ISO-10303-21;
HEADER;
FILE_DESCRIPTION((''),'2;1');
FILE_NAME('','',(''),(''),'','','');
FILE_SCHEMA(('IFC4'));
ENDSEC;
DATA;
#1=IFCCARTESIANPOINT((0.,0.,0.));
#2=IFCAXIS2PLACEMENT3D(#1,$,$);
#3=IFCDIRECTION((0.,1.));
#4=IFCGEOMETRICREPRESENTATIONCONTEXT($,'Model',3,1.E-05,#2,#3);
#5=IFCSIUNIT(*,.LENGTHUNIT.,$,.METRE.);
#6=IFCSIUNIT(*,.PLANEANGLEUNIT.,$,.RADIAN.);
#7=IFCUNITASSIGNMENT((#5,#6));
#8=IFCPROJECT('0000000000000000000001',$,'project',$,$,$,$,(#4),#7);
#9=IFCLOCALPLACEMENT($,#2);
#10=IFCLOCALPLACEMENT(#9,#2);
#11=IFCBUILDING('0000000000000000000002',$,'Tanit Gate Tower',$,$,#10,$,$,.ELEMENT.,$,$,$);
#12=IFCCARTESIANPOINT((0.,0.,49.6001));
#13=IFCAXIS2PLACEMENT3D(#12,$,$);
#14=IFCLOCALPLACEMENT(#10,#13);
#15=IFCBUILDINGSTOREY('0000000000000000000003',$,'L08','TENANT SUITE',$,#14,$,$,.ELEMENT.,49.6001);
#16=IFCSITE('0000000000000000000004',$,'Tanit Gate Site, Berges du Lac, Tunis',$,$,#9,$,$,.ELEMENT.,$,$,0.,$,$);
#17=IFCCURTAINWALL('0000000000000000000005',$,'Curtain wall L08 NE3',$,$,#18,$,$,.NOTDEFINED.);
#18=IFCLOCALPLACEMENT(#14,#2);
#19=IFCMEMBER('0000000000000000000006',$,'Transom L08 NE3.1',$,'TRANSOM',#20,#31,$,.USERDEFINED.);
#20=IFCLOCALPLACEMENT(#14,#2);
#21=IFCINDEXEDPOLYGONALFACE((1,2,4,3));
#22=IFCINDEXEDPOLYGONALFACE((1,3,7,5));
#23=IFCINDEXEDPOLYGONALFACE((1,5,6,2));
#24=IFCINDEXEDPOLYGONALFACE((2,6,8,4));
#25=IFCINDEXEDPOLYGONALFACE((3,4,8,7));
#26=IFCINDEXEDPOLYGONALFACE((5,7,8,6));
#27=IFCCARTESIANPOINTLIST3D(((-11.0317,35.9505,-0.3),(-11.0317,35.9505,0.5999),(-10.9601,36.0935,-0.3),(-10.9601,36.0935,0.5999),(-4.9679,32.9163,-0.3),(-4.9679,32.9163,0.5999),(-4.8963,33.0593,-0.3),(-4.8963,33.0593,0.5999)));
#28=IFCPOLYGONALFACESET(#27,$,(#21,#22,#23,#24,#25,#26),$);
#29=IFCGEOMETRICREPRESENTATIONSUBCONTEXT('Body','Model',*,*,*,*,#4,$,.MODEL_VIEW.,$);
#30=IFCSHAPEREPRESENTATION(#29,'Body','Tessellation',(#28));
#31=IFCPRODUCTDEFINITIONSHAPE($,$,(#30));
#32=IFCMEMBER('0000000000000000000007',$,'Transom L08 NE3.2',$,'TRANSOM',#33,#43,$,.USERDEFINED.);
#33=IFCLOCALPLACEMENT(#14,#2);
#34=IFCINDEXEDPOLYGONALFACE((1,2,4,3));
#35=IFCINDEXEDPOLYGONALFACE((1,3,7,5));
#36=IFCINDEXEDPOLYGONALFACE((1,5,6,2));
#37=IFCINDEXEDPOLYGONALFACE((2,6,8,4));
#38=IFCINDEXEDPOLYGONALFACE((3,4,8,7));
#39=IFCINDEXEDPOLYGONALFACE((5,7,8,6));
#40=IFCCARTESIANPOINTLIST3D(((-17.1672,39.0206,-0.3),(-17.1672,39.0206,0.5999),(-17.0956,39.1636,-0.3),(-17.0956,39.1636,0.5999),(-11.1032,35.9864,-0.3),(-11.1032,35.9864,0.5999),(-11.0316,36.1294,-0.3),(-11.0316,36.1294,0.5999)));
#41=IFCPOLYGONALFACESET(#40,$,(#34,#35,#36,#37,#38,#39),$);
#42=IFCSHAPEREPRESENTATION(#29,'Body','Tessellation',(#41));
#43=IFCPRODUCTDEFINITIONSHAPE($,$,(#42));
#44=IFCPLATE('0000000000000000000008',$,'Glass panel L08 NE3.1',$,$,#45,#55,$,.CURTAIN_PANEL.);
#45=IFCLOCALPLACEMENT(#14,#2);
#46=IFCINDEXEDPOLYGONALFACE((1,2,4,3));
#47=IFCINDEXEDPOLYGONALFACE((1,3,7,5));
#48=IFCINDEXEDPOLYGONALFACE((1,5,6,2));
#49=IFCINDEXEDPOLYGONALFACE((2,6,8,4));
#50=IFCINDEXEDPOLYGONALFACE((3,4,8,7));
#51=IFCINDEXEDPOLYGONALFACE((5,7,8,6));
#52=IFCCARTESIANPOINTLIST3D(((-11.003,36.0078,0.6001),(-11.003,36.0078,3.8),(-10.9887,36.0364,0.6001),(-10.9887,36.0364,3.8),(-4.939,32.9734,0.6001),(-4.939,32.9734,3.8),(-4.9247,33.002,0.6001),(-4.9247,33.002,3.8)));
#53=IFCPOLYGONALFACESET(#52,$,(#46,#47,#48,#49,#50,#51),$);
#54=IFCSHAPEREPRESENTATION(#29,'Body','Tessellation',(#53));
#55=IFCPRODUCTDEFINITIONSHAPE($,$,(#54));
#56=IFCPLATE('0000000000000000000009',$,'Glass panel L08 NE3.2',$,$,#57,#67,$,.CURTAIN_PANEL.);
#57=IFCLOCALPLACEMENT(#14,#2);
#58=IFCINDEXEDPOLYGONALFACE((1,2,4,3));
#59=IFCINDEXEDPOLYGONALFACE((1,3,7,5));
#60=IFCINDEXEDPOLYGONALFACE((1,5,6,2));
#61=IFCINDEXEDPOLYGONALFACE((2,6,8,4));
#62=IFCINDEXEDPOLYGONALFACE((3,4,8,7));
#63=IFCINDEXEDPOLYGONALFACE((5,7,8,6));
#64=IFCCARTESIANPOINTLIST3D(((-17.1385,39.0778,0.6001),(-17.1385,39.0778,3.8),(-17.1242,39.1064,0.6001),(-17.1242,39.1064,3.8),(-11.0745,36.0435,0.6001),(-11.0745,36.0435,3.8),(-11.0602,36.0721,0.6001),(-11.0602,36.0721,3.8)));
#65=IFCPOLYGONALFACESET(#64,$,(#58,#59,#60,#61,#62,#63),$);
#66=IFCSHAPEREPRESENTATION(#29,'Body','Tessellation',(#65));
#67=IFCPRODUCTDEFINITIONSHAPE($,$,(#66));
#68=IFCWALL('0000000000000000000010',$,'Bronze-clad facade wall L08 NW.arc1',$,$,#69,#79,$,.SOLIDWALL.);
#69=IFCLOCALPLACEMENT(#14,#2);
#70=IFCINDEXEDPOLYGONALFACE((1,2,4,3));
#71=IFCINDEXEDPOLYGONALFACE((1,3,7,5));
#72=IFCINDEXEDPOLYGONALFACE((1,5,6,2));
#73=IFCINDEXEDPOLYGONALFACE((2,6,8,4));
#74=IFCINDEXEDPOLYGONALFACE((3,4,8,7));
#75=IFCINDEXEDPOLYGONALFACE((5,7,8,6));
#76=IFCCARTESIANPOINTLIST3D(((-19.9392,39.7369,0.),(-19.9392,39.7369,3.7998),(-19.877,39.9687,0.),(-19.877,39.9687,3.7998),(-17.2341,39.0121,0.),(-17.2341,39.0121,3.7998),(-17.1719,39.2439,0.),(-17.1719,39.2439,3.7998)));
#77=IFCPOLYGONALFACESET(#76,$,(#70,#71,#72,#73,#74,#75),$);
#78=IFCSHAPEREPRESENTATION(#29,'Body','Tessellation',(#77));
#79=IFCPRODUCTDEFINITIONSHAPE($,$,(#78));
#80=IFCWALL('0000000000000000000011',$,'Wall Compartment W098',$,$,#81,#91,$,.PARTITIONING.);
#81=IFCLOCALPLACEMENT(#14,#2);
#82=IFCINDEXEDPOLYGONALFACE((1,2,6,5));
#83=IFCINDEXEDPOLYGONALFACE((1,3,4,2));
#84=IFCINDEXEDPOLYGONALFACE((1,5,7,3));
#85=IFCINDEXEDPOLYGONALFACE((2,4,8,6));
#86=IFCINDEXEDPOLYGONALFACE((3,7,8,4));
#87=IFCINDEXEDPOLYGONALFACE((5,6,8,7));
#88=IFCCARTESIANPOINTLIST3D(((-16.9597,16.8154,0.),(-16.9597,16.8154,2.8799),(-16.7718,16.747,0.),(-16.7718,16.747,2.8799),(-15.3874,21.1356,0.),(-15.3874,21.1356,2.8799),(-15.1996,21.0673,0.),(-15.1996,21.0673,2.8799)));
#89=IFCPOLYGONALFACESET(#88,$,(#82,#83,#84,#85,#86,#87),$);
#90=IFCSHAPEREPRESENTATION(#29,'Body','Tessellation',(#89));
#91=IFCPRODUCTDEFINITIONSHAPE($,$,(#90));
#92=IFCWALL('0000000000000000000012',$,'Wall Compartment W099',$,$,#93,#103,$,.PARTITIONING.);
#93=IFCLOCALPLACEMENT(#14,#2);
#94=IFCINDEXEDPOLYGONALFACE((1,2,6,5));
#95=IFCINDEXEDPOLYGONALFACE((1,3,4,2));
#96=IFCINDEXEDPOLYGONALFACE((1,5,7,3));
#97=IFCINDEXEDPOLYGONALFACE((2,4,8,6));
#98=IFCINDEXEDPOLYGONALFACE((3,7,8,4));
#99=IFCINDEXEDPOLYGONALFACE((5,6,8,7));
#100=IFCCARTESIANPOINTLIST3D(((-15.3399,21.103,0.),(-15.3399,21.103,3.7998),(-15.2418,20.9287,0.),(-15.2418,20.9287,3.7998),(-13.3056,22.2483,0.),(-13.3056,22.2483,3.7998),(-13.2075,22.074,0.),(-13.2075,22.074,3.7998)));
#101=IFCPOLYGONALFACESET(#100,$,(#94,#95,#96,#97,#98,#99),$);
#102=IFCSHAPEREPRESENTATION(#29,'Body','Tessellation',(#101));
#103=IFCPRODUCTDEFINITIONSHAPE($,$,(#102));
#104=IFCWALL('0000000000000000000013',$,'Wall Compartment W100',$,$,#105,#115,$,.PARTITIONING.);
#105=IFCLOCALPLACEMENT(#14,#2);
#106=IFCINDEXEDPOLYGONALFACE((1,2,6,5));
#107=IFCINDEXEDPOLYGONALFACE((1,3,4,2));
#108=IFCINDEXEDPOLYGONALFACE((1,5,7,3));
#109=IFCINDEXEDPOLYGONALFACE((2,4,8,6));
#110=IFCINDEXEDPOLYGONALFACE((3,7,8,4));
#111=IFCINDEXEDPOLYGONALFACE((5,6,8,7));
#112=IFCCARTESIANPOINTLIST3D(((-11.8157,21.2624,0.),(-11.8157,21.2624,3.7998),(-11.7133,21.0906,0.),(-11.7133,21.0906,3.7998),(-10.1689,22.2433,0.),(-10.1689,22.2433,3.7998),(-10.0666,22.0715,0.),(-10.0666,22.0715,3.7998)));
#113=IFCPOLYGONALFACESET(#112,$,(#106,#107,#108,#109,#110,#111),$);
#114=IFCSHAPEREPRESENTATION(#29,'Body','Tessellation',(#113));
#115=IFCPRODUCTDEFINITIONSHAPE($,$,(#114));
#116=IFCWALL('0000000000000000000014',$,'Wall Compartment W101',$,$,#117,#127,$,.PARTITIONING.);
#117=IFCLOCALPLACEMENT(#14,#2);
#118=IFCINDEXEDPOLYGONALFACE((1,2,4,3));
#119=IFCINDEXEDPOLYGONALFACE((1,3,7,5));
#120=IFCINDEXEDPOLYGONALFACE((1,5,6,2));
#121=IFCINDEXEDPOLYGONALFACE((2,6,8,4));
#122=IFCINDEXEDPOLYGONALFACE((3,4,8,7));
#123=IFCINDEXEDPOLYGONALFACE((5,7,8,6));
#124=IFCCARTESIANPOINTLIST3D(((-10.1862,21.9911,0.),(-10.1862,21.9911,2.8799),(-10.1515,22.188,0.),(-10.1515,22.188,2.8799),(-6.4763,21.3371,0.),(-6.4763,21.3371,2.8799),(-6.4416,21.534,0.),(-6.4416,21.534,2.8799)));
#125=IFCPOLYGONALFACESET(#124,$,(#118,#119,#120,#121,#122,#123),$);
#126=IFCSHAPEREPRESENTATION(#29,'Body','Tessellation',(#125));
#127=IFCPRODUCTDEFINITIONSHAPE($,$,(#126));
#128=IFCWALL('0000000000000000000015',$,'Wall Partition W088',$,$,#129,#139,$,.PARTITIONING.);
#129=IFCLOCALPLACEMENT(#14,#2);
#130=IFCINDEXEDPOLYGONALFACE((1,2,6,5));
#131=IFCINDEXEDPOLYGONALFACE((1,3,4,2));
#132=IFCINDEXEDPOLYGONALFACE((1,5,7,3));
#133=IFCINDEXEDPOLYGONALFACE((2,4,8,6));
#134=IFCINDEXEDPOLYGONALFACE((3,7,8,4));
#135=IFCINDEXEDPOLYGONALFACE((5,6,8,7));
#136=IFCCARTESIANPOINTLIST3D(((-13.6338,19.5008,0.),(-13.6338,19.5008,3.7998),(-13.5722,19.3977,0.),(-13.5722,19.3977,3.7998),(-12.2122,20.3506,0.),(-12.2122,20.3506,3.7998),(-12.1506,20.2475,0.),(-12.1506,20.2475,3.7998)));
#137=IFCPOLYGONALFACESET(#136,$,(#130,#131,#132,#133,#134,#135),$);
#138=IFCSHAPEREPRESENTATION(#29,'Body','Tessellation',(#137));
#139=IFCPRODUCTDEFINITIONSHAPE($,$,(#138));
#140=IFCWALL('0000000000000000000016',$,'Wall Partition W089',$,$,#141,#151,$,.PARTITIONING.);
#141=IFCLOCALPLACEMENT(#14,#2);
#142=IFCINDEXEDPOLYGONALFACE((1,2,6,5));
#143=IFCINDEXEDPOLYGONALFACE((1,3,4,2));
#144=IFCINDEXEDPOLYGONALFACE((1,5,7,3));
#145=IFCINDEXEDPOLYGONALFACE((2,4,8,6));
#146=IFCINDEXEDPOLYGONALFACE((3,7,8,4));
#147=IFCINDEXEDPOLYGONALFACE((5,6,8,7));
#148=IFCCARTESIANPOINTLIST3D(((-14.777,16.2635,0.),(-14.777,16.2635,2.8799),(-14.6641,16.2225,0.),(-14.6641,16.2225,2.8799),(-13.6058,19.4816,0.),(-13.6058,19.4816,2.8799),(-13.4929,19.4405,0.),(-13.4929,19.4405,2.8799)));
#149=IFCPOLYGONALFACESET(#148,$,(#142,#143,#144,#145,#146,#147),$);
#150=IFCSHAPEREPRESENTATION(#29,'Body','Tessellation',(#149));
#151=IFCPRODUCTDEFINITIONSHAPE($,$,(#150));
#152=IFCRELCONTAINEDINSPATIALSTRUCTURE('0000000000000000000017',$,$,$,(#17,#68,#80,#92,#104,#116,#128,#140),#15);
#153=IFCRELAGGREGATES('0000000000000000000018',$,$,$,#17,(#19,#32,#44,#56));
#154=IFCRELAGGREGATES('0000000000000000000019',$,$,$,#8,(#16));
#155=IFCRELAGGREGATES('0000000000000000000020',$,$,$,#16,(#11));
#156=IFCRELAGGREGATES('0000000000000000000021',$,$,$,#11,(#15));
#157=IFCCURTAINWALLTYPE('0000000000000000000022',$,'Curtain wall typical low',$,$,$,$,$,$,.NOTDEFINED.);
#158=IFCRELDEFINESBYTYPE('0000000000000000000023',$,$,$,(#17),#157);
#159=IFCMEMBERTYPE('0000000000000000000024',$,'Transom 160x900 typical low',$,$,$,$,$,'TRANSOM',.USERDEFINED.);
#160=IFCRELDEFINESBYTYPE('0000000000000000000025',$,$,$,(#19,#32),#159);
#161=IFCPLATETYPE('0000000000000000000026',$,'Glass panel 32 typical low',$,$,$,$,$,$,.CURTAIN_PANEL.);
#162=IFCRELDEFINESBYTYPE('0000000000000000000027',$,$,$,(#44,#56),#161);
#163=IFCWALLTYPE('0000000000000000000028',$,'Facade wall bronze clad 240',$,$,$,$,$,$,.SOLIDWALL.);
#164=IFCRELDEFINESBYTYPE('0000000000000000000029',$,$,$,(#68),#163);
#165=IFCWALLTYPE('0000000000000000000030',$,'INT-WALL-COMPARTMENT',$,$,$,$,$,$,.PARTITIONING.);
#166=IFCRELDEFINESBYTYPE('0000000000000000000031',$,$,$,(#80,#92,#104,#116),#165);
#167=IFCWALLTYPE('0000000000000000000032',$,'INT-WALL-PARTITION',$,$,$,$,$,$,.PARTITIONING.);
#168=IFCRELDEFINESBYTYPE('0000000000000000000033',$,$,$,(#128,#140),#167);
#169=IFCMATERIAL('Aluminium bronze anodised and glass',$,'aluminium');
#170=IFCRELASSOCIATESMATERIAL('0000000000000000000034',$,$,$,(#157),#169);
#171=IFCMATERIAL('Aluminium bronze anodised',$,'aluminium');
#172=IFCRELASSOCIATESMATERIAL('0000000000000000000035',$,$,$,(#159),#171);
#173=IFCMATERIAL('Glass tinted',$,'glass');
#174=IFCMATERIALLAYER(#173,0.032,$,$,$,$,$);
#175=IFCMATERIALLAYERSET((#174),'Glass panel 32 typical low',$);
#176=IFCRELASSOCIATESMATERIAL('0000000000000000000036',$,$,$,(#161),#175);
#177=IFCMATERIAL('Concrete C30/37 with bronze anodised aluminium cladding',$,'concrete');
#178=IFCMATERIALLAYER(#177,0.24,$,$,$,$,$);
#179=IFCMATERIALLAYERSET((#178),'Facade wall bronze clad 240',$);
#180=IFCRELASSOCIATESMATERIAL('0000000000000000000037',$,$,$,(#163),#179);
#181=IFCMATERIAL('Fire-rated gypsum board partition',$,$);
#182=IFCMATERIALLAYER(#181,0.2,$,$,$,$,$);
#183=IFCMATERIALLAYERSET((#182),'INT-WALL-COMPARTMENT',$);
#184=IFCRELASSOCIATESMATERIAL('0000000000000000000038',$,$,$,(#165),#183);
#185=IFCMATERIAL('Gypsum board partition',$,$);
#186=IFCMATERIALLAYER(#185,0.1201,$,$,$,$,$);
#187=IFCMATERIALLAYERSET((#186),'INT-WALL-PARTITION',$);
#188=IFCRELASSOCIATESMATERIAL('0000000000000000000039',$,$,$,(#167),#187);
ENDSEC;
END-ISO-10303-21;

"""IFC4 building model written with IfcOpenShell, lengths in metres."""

from ifc_helpers import new_model, si_unit, direction, frame, frame_2d, origin, origin_2d, place, context, subcontext, project, spatial, rectangle, extrude, material, layer, layer_set, material_profile, profile_set, type_object, element, aggregate, save


model = new_model("IFC4")

# Units and contexts
model_context = context("Model", 3, precision=1e-05, world=origin(), true_north=direction((0.0, 1.0)))
body_context = subcontext(model_context, "Body", "Model", "MODEL_VIEW")
ifc_project = project(units=[si_unit("LENGTHUNIT", "METRE"), si_unit("PLANEANGLEUNIT", "RADIAN")], contexts=[model_context])

# Site, building, storey
site_placement = place(None, origin())
site = spatial("IfcSite", under=ifc_project, at=site_placement, Name="Tanit Gate Site, Berges du Lac, Tunis", CompositionType="ELEMENT", RefElevation=0.0)
building_placement = place(site_placement, origin())
building = spatial("IfcBuilding", under=site, at=building_placement, Name="Tanit Gate Tower", CompositionType="ELEMENT")
storey_placement = place(building_placement, frame((0.0, 0.0, 49.6001)))
storey = spatial("IfcBuildingStorey", under=building, at=storey_placement, Name="L08", Description="TENANT SUITE", CompositionType="ELEMENT", Elevation=49.6001)

# Curtain wall
ifc_material_1 = material(Name="Aluminium bronze anodised and glass", Category="aluminium")
curtain_wall_type = type_object("IfcCurtainWallType", Name="Curtain wall typical low", PredefinedType="NOTDEFINED", material=ifc_material_1)
curtain_wall_1_placement = place(storey_placement, origin())
curtain_wall_1 = element("IfcCurtainWall", 1, at=curtain_wall_1_placement, inside=storey, type_object=curtain_wall_type, Name="Curtain wall L08 NE3", PredefinedType="NOTDEFINED")

# Members
ifc_material_2 = material(Name="Aluminium bronze anodised", Category="aluminium")
ifc_material_profile_1 = material_profile(ifc_material_2, rectangle(XDim=0.1599, YDim=0.8999, at=origin_2d()), Name="160x900 bronze transom")
ifc_profile_set_1 = profile_set([ifc_material_profile_1], Name="Aluminium bronze anodised")
member_type_1 = type_object("IfcMemberType", Name="Transom 160x900 typical low", ElementType="TRANSOM", PredefinedType="USERDEFINED", material=ifc_profile_set_1)
member_1_placement = place(storey_placement, frame((-4.9321, 32.9878, 0.1499), z_axis=(-0.89429, 0.447487, 0.0), x_axis=(-0.447487, -0.89429, 0.0)))
member_1 = element("IfcMember", 2, at=member_1_placement, type_object=member_type_1, Name="Transom L08 NE3.1", ObjectType="TRANSOM", PredefinedType="USERDEFINED", context=body_context, shape_type="SweptSolid", body=[
    extrude(rectangle(XDim=0.1599, YDim=0.8999, at=origin_2d()), origin(), (0.0, 0.0, 1.0), 6.7805),
])
member_2_placement = place(storey_placement, frame((-11.0674, 36.0579, 0.1499), z_axis=(-0.894298, 0.447473, 0.0), x_axis=(-0.447473, -0.894298, 0.0)))
member_2 = element("IfcMember", 3, at=member_2_placement, type_object=member_type_1, Name="Transom L08 NE3.2", ObjectType="TRANSOM", PredefinedType="USERDEFINED", context=body_context, shape_type="SweptSolid", body=[
    extrude(rectangle(XDim=0.1599, YDim=0.8999, at=origin_2d()), origin(), (0.0, 0.0, 1.0), 6.7808),
])

# Plates
ifc_material_3 = material(Name="Glass tinted", Category="glass")
ifc_layer_1 = layer(ifc_material_3, 0.032)
ifc_layer_set_1 = layer_set([ifc_layer_1], Name="Glass panel 32 typical low")
plate_type = type_object("IfcPlateType", Name="Glass panel 32 typical low", PredefinedType="CURTAIN_PANEL", material=ifc_layer_set_1)
plate_1_placement = place(storey_placement, frame((-7.9639, 34.5049, 0.6001), z_axis=(0.0, 0.0, 1.0), x_axis=(-0.894288, 0.447492, 0.0)))
plate_1 = element("IfcPlate", 4, at=plate_1_placement, type_object=plate_type, Name="Glass panel L08 NE3.1", PredefinedType="CURTAIN_PANEL", context=body_context, shape_type="SweptSolid", body=[
    extrude(rectangle(XDim=6.7808, YDim=0.032, at=origin_2d()), origin(), (0.0, 0.0, 1.0), 3.2),
])
plate_2_placement = place(storey_placement, frame((-14.0994, 37.575, 0.6001), z_axis=(0.0, 0.0, 1.0), x_axis=(-0.894288, 0.447492, 0.0)))
plate_2 = element("IfcPlate", 5, at=plate_2_placement, type_object=plate_type, Name="Glass panel L08 NE3.2", PredefinedType="CURTAIN_PANEL", context=body_context, shape_type="SweptSolid", body=[
    extrude(rectangle(XDim=6.7808, YDim=0.032, at=origin_2d()), origin(), (0.0, 0.0, 1.0), 3.2),
])
aggregate(curtain_wall_1, [member_1, member_2, plate_1, plate_2])

# Walls
ifc_material_4 = material(Name="Concrete C30/37 with bronze anodised aluminium cladding", Category="concrete")
ifc_layer_2 = layer(ifc_material_4, 0.24)
ifc_layer_set_2 = layer_set([ifc_layer_2], Name="Facade wall bronze clad 240")
wall_type_1 = type_object("IfcWallType", Name="Facade wall bronze clad 240", PredefinedType="SOLIDWALL", material=ifc_layer_set_2)
wall_1_placement = place(storey_placement, frame((-17.2029, 39.1279, 0.0), z_axis=(0.0, 0.0, 1.0), x_axis=(-0.965923, 0.258829, 0.0)))
element("IfcWall", 6, at=wall_1_placement, inside=storey, type_object=wall_type_1, Name="Bronze-clad facade wall L08 NW.arc1", PredefinedType="SOLIDWALL", context=body_context, shape_type="SweptSolid", body=[
    extrude(rectangle(XDim=2.8005, YDim=0.24, at=frame_2d((1.4004, 0.0))), origin(), (0.0, 0.0, 1.0), 3.7998),
])
ifc_material_5 = material(Name="Fire-rated gypsum board partition")
ifc_layer_3 = layer(ifc_material_5, 0.2)
ifc_layer_set_3 = layer_set([ifc_layer_3], Name="INT-WALL-COMPARTMENT")
wall_type_2 = type_object("IfcWallType", Name="INT-WALL-COMPARTMENT", PredefinedType="PARTITIONING", material=ifc_layer_set_3)
wall_2_placement = place(storey_placement, frame((-15.2935, 21.1016, 0.0), z_axis=(0.0, 0.0, 1.0), x_axis=(-0.341982, -0.939707, 0.0)))
element("IfcWall", 7, at=wall_2_placement, inside=storey, type_object=wall_type_2, Name="Wall Compartment W098", PredefinedType="PARTITIONING", context=body_context, shape_type="SweptSolid", body=[
    extrude(rectangle(XDim=4.5974, YDim=0.2, at=frame_2d((2.2988, 0.0))), origin(), (0.0, 0.0, 1.0), 2.8799),
])
wall_3_placement = place(storey_placement, frame((-13.2566, 22.1611, 0.0), z_axis=(0.0, 0.0, 1.0), x_axis=(-0.871386, -0.490599, 0.0)))
element("IfcWall", 8, at=wall_3_placement, inside=storey, type_object=wall_type_2, Name="Wall Compartment W099", PredefinedType="PARTITIONING", context=body_context, shape_type="SweptSolid", body=[
    extrude(rectangle(XDim=2.3345, YDim=0.2, at=frame_2d((1.1672, 0.0))), origin(), (0.0, 0.0, 1.0), 3.7998),
])
wall_4_placement = place(storey_placement, frame((-10.1177, 22.1575, 0.0), z_axis=(0.0, 0.0, 1.0), x_axis=(-0.859118, -0.511777, 0.0)))
element("IfcWall", 9, at=wall_4_placement, inside=storey, type_object=wall_type_2, Name="Wall Compartment W100", PredefinedType="PARTITIONING", context=body_context, shape_type="SweptSolid", body=[
    extrude(rectangle(XDim=1.9167, YDim=0.2, at=frame_2d((0.9585, 0.0))), origin(), (0.0, 0.0, 1.0), 3.7998),
])
wall_5_placement = place(storey_placement, frame((-6.459, 21.4355, 0.0), z_axis=(0.0, 0.0, 1.0), x_axis=(-0.984813, 0.173619, 0.0)))
element("IfcWall", 10, at=wall_5_placement, inside=storey, type_object=wall_type_2, Name="Wall Compartment W101", PredefinedType="PARTITIONING", context=body_context, shape_type="SweptSolid", body=[
    extrude(rectangle(XDim=3.7671, YDim=0.2, at=frame_2d((1.8835, 0.0))), origin(), (0.0, 0.0, 1.0), 2.8799),
])
ifc_material_6 = material(Name="Gypsum board partition")
ifc_layer_4 = layer(ifc_material_6, 0.1201)
ifc_layer_set_4 = layer_set([ifc_layer_4], Name="INT-WALL-PARTITION")
wall_type_3 = type_object("IfcWallType", Name="INT-WALL-PARTITION", PredefinedType="PARTITIONING", material=ifc_layer_set_4)
wall_6_placement = place(storey_placement, frame((-12.1814, 20.2991, 0.0), z_axis=(0.0, 0.0, 1.0), x_axis=(-0.858324, -0.513108, 0.0)))
element("IfcWall", 11, at=wall_6_placement, inside=storey, type_object=wall_type_3, Name="Wall Partition W088", PredefinedType="PARTITIONING", context=body_context, shape_type="SweptSolid", body=[
    extrude(rectangle(XDim=1.6562, YDim=0.1201, at=frame_2d((0.8281, 0.0))), origin(), (0.0, 0.0, 1.0), 3.7998),
])
wall_7_placement = place(storey_placement, frame((-13.5493, 19.4612, 0.0), z_axis=(0.0, 0.0, 1.0), x_axis=(-0.341989, -0.939704, 0.0)))
element("IfcWall", 12, at=wall_7_placement, inside=storey, type_object=wall_type_3, Name="Wall Partition W089", PredefinedType="PARTITIONING", context=body_context, shape_type="SweptSolid", body=[
    extrude(rectangle(XDim=3.4246, YDim=0.1201, at=frame_2d((1.7124, 0.0))), origin(), (0.0, 0.0, 1.0), 2.8799),
])

save(model, "model.ifc")
